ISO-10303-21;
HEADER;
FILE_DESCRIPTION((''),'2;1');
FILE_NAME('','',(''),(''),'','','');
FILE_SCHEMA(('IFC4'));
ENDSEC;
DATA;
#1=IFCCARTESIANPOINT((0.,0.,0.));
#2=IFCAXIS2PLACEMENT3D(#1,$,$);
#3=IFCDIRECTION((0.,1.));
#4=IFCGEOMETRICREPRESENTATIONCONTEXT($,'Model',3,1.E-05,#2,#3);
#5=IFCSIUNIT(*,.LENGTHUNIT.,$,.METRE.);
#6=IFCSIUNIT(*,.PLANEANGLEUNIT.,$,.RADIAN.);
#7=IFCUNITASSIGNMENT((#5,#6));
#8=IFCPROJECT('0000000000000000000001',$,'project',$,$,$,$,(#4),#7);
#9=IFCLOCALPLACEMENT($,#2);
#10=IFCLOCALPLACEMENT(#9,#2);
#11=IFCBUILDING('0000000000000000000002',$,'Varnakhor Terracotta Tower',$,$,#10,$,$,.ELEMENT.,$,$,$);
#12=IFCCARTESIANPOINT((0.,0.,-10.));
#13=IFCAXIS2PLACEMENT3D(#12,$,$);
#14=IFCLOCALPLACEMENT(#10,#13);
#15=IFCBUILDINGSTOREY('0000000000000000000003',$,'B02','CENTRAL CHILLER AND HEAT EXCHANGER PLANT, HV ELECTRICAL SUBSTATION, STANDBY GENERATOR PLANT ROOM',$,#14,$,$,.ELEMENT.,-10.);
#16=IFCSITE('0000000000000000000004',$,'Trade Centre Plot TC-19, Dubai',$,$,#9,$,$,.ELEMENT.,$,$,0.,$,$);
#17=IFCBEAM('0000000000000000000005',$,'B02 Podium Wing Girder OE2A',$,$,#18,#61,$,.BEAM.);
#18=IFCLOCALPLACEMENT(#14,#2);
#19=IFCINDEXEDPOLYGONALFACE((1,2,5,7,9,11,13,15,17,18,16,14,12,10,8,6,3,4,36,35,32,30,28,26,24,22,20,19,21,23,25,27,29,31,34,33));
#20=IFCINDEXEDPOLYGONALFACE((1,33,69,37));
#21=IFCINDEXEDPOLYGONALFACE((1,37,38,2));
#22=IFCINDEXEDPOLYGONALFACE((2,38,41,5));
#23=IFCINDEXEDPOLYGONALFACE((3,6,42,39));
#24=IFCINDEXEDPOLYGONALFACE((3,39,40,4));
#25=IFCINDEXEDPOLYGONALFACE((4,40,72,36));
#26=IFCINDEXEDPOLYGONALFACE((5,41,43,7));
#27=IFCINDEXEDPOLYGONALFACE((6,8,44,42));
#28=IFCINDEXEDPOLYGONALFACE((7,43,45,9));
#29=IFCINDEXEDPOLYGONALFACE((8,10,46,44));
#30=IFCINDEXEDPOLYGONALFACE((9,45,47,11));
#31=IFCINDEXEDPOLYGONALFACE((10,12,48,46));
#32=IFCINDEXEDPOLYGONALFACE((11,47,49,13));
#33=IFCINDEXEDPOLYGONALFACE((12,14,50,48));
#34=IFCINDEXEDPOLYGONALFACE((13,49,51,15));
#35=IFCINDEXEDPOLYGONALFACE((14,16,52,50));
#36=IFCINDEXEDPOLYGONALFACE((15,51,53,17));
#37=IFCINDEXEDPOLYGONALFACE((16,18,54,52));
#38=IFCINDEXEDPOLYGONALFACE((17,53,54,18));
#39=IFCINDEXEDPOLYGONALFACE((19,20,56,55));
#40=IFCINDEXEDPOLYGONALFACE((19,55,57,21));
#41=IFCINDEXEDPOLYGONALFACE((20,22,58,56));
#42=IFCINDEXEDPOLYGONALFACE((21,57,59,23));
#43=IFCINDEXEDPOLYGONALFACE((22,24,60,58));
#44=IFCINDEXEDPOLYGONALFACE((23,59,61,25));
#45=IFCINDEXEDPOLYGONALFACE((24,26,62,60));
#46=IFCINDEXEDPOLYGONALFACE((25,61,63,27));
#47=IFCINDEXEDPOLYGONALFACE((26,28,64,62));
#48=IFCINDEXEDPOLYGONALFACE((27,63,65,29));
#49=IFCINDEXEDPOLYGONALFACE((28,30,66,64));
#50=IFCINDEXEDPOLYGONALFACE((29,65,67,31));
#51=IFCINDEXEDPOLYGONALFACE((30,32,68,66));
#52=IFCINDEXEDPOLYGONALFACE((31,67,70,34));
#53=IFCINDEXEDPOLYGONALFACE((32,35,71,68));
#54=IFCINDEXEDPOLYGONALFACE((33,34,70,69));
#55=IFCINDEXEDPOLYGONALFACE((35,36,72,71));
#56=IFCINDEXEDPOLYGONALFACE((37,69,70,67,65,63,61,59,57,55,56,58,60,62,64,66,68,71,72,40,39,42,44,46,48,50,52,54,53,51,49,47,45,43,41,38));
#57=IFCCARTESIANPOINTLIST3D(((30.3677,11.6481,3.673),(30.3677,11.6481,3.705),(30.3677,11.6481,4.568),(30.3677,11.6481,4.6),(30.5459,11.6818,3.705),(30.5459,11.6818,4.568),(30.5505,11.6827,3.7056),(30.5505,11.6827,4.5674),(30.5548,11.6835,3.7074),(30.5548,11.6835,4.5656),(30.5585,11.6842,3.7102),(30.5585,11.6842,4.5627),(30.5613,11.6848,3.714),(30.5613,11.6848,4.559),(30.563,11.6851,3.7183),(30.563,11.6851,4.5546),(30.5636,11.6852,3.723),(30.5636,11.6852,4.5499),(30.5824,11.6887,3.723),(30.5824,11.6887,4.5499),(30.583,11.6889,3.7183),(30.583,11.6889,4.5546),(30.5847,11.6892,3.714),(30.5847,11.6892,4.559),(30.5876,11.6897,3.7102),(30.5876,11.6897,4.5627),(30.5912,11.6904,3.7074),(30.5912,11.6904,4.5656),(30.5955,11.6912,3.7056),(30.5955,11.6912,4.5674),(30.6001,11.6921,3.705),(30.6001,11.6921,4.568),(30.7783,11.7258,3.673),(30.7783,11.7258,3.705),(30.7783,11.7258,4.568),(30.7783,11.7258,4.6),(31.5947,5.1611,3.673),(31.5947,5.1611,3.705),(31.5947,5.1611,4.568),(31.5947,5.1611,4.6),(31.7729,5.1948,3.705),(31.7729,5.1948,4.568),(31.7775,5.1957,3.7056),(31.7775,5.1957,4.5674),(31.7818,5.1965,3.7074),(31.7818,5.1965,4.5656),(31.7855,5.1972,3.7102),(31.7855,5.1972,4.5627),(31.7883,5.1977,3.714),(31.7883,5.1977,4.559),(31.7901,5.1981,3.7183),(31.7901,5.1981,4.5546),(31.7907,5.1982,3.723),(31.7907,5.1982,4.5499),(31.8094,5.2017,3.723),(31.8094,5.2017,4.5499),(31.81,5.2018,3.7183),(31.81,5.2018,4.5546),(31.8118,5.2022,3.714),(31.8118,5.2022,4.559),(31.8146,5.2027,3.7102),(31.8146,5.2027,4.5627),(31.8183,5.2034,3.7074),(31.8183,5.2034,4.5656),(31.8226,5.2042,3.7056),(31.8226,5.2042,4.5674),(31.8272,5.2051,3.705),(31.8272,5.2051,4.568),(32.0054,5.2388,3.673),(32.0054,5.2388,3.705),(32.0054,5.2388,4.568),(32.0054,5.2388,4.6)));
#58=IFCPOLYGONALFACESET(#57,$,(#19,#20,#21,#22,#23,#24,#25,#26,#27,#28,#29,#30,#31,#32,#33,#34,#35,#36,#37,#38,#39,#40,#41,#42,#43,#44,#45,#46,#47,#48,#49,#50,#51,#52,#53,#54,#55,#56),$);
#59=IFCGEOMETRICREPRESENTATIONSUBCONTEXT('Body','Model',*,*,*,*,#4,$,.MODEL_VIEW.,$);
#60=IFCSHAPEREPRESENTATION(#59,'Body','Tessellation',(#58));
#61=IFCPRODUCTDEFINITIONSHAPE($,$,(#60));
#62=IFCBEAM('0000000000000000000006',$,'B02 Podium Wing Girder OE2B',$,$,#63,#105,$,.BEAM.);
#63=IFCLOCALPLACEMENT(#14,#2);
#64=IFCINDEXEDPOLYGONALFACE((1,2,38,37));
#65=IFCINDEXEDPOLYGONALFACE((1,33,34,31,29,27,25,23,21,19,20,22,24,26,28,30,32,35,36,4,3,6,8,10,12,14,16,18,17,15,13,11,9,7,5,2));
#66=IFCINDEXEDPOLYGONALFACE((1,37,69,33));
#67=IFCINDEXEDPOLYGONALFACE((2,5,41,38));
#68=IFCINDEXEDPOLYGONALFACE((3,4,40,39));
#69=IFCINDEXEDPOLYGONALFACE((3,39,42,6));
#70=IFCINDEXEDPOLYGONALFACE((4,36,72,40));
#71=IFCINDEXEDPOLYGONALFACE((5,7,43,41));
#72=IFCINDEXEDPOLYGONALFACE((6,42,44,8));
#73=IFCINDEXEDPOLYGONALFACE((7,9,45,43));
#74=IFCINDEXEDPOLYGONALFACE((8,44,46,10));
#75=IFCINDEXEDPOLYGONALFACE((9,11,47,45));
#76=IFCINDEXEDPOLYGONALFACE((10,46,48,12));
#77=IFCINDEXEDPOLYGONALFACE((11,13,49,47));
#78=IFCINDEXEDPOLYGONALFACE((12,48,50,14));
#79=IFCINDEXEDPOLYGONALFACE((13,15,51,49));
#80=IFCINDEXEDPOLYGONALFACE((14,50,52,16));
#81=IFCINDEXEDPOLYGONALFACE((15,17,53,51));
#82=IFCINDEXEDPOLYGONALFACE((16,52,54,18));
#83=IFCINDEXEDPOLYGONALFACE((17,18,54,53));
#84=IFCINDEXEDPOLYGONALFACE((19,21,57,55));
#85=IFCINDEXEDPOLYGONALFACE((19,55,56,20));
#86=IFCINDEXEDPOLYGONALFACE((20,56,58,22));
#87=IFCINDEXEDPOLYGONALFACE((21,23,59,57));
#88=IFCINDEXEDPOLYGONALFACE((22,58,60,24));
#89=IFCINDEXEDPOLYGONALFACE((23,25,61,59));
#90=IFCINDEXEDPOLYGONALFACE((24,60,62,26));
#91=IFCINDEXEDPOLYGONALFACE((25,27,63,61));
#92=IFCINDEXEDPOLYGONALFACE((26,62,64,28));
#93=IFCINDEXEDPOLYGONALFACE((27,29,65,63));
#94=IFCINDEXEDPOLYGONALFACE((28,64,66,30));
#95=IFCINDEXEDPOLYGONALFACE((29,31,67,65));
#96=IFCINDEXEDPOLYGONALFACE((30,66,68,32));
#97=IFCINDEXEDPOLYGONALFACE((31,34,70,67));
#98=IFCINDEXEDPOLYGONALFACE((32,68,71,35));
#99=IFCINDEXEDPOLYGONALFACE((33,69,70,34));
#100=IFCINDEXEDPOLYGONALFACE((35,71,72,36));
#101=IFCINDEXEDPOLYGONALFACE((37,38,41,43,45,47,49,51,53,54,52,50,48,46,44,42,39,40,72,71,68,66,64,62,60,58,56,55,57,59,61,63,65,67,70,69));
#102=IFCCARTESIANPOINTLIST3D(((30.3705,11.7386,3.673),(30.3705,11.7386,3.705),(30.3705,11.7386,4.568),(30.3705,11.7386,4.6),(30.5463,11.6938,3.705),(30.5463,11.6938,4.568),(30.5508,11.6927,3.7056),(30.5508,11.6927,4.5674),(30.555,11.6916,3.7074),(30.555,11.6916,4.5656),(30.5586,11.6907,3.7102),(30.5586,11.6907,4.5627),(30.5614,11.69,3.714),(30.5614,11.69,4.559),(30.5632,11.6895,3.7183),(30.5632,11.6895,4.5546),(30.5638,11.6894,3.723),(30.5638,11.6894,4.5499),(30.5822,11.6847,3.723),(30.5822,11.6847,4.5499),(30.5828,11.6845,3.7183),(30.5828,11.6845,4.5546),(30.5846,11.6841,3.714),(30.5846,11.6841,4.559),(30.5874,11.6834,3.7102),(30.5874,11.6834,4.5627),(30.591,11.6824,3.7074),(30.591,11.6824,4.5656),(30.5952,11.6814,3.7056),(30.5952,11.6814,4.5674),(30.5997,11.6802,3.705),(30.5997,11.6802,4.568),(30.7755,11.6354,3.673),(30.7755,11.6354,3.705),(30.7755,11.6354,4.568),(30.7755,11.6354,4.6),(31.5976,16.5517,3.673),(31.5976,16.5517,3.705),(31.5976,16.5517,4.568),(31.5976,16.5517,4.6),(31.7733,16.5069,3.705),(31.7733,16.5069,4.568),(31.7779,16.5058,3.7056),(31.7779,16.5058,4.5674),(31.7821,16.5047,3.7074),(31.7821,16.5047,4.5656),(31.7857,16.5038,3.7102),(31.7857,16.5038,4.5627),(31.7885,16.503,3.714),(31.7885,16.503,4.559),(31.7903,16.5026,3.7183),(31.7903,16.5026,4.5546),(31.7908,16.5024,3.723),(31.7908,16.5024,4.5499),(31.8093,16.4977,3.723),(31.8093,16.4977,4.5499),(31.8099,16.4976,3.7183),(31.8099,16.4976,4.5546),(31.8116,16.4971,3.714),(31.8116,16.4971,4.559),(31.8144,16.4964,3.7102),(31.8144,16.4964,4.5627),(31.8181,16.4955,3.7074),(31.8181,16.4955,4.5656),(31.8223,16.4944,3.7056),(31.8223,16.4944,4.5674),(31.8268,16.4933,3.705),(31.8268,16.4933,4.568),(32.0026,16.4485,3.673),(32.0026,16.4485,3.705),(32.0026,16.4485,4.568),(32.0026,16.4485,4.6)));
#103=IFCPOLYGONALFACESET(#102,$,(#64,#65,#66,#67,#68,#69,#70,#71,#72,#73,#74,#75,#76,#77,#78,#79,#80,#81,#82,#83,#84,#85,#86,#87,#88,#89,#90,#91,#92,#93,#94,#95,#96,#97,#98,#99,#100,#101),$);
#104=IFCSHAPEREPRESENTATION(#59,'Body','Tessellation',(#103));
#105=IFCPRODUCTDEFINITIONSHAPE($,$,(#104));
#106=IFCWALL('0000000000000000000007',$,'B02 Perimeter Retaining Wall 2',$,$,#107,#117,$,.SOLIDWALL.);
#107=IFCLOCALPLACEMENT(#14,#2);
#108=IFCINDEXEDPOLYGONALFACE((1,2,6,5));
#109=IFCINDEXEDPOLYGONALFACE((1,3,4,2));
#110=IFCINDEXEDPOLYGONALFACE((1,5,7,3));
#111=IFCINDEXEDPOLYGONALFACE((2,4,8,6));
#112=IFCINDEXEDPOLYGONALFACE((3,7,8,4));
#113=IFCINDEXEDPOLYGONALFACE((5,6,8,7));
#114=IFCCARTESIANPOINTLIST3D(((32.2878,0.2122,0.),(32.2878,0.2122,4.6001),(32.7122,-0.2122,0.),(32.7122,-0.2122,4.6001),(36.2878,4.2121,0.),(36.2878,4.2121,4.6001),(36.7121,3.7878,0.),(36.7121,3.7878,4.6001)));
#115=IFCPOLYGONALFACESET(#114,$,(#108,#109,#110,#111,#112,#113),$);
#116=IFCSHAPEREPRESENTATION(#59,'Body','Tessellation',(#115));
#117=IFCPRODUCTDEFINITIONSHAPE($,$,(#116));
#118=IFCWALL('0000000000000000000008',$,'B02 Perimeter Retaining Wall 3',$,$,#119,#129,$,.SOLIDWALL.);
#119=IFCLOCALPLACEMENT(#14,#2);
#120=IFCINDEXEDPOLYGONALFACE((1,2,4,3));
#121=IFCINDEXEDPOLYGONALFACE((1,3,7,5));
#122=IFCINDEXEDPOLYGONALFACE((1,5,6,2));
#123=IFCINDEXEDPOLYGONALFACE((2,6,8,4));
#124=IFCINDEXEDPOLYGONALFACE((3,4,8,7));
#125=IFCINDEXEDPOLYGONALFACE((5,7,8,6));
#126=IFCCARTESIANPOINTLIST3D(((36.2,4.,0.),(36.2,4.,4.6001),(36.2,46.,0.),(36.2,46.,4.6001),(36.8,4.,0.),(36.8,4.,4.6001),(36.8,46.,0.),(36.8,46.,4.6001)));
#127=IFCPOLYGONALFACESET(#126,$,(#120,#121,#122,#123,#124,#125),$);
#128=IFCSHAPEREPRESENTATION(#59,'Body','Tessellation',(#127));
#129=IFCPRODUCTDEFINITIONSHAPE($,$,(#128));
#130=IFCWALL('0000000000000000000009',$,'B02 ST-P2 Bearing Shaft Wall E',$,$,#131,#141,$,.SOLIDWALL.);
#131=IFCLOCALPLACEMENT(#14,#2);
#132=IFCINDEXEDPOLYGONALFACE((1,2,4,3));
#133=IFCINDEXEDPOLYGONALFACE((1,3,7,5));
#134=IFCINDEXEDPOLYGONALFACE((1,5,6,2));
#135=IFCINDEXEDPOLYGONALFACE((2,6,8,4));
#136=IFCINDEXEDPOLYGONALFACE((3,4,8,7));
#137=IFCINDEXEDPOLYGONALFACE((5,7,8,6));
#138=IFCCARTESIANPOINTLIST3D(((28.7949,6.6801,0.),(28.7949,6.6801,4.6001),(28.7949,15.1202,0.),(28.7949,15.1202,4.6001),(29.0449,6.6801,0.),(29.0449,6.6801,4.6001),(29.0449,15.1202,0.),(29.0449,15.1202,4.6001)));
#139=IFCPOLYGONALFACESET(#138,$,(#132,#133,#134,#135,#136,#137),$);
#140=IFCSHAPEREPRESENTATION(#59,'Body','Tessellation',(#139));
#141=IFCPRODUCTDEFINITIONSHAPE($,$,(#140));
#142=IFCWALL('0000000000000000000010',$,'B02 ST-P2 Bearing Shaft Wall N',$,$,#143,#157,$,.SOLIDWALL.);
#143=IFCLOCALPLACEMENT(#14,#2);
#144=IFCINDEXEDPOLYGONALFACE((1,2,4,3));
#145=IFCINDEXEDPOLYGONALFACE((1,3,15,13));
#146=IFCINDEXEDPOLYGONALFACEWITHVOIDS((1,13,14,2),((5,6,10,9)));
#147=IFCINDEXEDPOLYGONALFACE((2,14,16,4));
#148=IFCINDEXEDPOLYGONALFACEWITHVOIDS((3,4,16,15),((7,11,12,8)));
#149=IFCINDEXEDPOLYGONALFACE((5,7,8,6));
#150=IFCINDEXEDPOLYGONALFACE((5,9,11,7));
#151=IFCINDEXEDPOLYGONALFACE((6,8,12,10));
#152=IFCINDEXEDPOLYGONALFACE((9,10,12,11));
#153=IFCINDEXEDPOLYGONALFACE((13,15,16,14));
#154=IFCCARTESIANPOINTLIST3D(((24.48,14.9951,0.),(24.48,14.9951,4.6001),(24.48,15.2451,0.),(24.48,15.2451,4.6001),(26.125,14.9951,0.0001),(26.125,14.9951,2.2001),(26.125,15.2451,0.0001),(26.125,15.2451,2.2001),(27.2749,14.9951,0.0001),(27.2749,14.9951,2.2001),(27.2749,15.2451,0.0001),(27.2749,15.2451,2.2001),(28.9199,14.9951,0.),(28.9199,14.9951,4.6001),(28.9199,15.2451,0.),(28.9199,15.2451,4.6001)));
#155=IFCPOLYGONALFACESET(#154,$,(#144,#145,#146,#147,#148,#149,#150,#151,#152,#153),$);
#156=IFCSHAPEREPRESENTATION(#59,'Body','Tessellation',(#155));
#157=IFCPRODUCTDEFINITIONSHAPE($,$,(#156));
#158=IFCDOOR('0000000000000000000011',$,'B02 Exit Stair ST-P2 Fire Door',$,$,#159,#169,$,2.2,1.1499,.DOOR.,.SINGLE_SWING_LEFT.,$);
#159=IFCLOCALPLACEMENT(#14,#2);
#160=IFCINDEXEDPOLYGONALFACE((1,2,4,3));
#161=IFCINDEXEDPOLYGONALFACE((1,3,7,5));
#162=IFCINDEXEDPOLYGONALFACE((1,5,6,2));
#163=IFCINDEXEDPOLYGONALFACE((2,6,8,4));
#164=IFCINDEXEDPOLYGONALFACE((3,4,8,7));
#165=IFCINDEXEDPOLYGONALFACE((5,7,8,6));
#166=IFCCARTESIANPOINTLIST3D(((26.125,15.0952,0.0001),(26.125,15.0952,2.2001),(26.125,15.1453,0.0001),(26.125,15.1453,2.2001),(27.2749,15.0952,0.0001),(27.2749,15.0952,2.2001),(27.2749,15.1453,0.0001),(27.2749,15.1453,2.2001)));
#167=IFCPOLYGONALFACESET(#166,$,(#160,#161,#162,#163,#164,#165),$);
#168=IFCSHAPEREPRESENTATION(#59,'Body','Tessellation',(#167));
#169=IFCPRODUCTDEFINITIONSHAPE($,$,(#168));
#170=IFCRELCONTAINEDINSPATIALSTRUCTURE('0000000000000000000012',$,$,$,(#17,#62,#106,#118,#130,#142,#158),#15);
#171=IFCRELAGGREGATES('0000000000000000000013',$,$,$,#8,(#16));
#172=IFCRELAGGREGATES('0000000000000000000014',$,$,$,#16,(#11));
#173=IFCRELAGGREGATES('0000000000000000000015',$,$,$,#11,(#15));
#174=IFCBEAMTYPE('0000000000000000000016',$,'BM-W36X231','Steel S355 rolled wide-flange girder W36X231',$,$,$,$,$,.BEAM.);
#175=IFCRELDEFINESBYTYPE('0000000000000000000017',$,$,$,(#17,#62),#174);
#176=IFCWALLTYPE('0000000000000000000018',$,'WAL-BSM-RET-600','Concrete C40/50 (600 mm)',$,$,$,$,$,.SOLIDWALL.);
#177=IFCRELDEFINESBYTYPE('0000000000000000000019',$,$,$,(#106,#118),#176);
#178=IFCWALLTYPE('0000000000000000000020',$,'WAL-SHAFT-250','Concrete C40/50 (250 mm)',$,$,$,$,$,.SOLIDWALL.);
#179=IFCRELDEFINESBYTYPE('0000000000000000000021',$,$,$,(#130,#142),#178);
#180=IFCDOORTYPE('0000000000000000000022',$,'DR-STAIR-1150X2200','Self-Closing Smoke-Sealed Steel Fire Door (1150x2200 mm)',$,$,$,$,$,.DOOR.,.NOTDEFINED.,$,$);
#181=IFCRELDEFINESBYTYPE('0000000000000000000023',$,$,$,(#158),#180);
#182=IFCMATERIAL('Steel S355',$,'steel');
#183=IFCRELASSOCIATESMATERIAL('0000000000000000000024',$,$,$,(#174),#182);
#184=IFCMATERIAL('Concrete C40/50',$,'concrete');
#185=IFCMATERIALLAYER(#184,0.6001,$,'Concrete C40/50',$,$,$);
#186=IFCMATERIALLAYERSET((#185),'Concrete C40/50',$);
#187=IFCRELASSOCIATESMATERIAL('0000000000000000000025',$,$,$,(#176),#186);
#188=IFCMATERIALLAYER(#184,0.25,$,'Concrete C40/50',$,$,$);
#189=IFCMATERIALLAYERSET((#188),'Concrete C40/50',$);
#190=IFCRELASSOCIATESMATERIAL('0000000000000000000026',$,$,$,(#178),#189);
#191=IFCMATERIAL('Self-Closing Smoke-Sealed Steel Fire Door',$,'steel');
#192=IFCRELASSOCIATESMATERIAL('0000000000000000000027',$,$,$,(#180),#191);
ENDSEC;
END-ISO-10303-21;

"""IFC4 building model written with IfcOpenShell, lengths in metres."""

from ifc_helpers import new_model, si_unit, direction, frame, frame_2d, origin, origin_2d, place, context, subcontext, project, spatial, rectangle, i_section, extrude, source, transform, mapped, material, layer, layer_set, material_profile, profile_set, type_object, type_shapes, element, fill, save


model = new_model("IFC4")

# Units and contexts
model_context = context("Model", 3, precision=1e-05, world=origin(), true_north=direction((0.0, 1.0)))
body_context = subcontext(model_context, "Body", "Model", "MODEL_VIEW")
ifc_project = project(units=[si_unit("LENGTHUNIT", "METRE"), si_unit("PLANEANGLEUNIT", "RADIAN")], contexts=[model_context])

# Site, building, storey
site_placement = place(None, origin())
site = spatial("IfcSite", under=ifc_project, at=site_placement, Name="Trade Centre Plot TC-19, Dubai", CompositionType="ELEMENT", RefElevation=0.0)
building_placement = place(site_placement, origin())
building = spatial("IfcBuilding", under=site, at=building_placement, Name="Varnakhor Terracotta Tower", CompositionType="ELEMENT")
storey_placement = place(building_placement, frame((0.0, 0.0, -10.0)))
storey = spatial("IfcBuildingStorey", under=building, at=storey_placement, Name="B02", Description="CENTRAL CHILLER AND HEAT EXCHANGER PLANT, HV ELECTRICAL SUBSTATION, STANDBY GENERATOR PLANT ROOM", CompositionType="ELEMENT", Elevation=-10.0)

# Shared definitions
ifc_material_1 = material(Name="Concrete C40/50", Category="concrete")

# Beams
ifc_material_2 = material(Name="Steel S355", Category="steel")
ifc_material_profile_1 = material_profile(ifc_material_2, i_section(OverallWidth=0.418, OverallDepth=0.927, WebThickness=0.019, FlangeThickness=0.032, FilletRadius=0.0181, at=origin_2d()), Name="W36X231")
ifc_profile_set_1 = profile_set([ifc_material_profile_1], Name="Steel S355")
beam_type = type_object("IfcBeamType", Name="BM-W36X231", Description="Steel S355 rolled wide-flange girder W36X231", PredefinedType="BEAM", material=ifc_profile_set_1)
shared_shape_1 = source(origin(), body_context, "Body", "SweptSolid", [
    extrude(i_section(OverallWidth=0.418, OverallDepth=0.927, WebThickness=0.019, FlangeThickness=0.032, FilletRadius=0.0181, at=origin_2d()), origin(), (0.0, 0.0, 1.0), 6.6021),
])
beam_1_placement = place(storey_placement, frame((31.8, 5.2, 4.1365), z_axis=(-0.185858, 0.982577, 0.0), x_axis=(-0.982577, -0.185858, 0.0)))
element("IfcBeam", 1, at=beam_1_placement, inside=storey, type_object=beam_type, Name="B02 Podium Wing Girder OE2A", PredefinedType="BEAM", context=body_context, shape_type="MappedRepresentation", body=[
    mapped(shared_shape_1, transform((0.0, 0.0, 0.0), scale=1.0)),
])
shared_shape_2 = source(origin(), body_context, "Body", "SweptSolid", [
    extrude(i_section(OverallWidth=0.418, OverallDepth=0.927, WebThickness=0.019, FlangeThickness=0.032, FilletRadius=0.0181, at=origin_2d()), origin(), (0.0, 0.0, 1.0), 4.967),
])
beam_2_placement = place(storey_placement, frame((30.573, 11.687, 4.1365), z_axis=(0.247044, 0.969004, 0.0), x_axis=(-0.969004, 0.247044, 0.0)))
element("IfcBeam", 2, at=beam_2_placement, inside=storey, type_object=beam_type, Name="B02 Podium Wing Girder OE2B", PredefinedType="BEAM", context=body_context, shape_type="MappedRepresentation", body=[
    mapped(shared_shape_2, transform((0.0, 0.0, 0.0), scale=1.0)),
])

# Walls
ifc_layer_1 = layer(ifc_material_1, 0.6001, Name="Concrete C40/50")
ifc_layer_set_1 = layer_set([ifc_layer_1], Name="Concrete C40/50")
wall_type_1 = type_object("IfcWallType", Name="WAL-BSM-RET-600", Description="Concrete C40/50 (600 mm)", PredefinedType="SOLIDWALL", material=ifc_layer_set_1)
wall_1_placement = place(storey_placement, frame((32.5, 0.0, 0.0), z_axis=(0.0, 0.0, 1.0), x_axis=(0.707107, 0.707107, 0.0)))
element("IfcWall", 3, at=wall_1_placement, inside=storey, type_object=wall_type_1, Name="B02 Perimeter Retaining Wall 2", PredefinedType="SOLIDWALL", context=body_context, shape_type="SweptSolid", body=[
    extrude(rectangle(XDim=5.6567, YDim=0.6001, at=frame_2d((2.8284, 0.0))), origin(), (0.0, 0.0, 1.0), 4.6001),
])
wall_2_placement = place(storey_placement, frame((36.5, 4.0, 0.0), z_axis=(0.0, 0.0, 1.0), x_axis=(0.0, 1.0, 0.0)))
element("IfcWall", 4, at=wall_2_placement, inside=storey, type_object=wall_type_1, Name="B02 Perimeter Retaining Wall 3", PredefinedType="SOLIDWALL", context=body_context, shape_type="SweptSolid", body=[
    extrude(rectangle(XDim=42.0, YDim=0.6001, at=frame_2d((21.0, 0.0))), origin(), (0.0, 0.0, 1.0), 4.6001),
])
ifc_layer_2 = layer(ifc_material_1, 0.25, Name="Concrete C40/50")
ifc_layer_set_2 = layer_set([ifc_layer_2], Name="Concrete C40/50")
wall_type_2 = type_object("IfcWallType", Name="WAL-SHAFT-250", Description="Concrete C40/50 (250 mm)", PredefinedType="SOLIDWALL", material=ifc_layer_set_2)
wall_3_placement = place(storey_placement, frame((28.9199, 6.6799, 0.0), z_axis=(0.0, 0.0, 1.0), x_axis=(0.0, 1.0, 0.0)))
element("IfcWall", 5, at=wall_3_placement, inside=storey, type_object=wall_type_2, Name="B02 ST-P2 Bearing Shaft Wall E", PredefinedType="SOLIDWALL", context=body_context, shape_type="SweptSolid", body=[
    extrude(rectangle(XDim=8.4402, YDim=0.25, at=frame_2d((4.2202, 0.0))), origin(), (0.0, 0.0, 1.0), 4.6001),
])

# Wall, opening, door
wall_4_placement = place(storey_placement, frame((28.9199, 15.1201, 0.0), z_axis=(0.0, 0.0, 1.0), x_axis=(-1.0, 0.0, 0.0)))
wall_4 = element("IfcWall", 6, at=wall_4_placement, inside=storey, type_object=wall_type_2, Name="B02 ST-P2 Bearing Shaft Wall N", PredefinedType="SOLIDWALL", context=body_context, shape_type="SweptSolid", body=[
    extrude(rectangle(XDim=4.4399, YDim=0.25, at=frame_2d((2.22, 0.0))), origin(), (0.0, 0.0, 1.0), 4.6001),
])
opening_placement = place(wall_4_placement, frame((1.645, 0.0, 0.0)))
opening = element("IfcOpeningElement", 7, at=opening_placement, cuts=wall_4, PredefinedType="OPENING", context=body_context, shape_type="SweptSolid", body=[
    extrude(rectangle(XDim=1.1499, YDim=2.2, at=frame_2d((0.575, 1.1001))), frame((0.0, 0.135, 0.0), z_axis=(0.0, -1.0, 0.0), x_axis=(1.0, 0.0, 0.0)), (0.0, 0.0, 1.0), 0.27),
])
ifc_material_3 = material(Name="Self-Closing Smoke-Sealed Steel Fire Door", Category="steel")
door_type = type_object("IfcDoorType", Name="DR-STAIR-1150X2200", Description="Self-Closing Smoke-Sealed Steel Fire Door (1150x2200 mm)", OperationType="NOTDEFINED", PredefinedType="DOOR", material=ifc_material_3)
shared_shape_3 = source(origin(), body_context, "Body", "SweptSolid", [
    extrude(rectangle(XDim=1.1499, YDim=2.2, at=frame_2d((0.575, 1.1001))), frame((0.0, 0.0249, 0.0), z_axis=(0.0, -1.0, 0.0), x_axis=(1.0, 0.0, 0.0)), (0.0, 0.0, 1.0), 0.05),
])
type_shapes(door_type, [shared_shape_3])
door_placement = place(opening_placement, origin())
door = element("IfcDoor", 8, at=door_placement, inside=storey, type_object=door_type, Name="B02 Exit Stair ST-P2 Fire Door", OperationType="SINGLE_SWING_LEFT", OverallHeight=2.2, OverallWidth=1.1499, PredefinedType="DOOR", context=body_context, shape_type="MappedRepresentation", body=[
    mapped(shared_shape_3, transform((0.0, 0.0, 0.0), scale=1.0)),
])
fill(opening, door)

save(model, "model.ifc")
